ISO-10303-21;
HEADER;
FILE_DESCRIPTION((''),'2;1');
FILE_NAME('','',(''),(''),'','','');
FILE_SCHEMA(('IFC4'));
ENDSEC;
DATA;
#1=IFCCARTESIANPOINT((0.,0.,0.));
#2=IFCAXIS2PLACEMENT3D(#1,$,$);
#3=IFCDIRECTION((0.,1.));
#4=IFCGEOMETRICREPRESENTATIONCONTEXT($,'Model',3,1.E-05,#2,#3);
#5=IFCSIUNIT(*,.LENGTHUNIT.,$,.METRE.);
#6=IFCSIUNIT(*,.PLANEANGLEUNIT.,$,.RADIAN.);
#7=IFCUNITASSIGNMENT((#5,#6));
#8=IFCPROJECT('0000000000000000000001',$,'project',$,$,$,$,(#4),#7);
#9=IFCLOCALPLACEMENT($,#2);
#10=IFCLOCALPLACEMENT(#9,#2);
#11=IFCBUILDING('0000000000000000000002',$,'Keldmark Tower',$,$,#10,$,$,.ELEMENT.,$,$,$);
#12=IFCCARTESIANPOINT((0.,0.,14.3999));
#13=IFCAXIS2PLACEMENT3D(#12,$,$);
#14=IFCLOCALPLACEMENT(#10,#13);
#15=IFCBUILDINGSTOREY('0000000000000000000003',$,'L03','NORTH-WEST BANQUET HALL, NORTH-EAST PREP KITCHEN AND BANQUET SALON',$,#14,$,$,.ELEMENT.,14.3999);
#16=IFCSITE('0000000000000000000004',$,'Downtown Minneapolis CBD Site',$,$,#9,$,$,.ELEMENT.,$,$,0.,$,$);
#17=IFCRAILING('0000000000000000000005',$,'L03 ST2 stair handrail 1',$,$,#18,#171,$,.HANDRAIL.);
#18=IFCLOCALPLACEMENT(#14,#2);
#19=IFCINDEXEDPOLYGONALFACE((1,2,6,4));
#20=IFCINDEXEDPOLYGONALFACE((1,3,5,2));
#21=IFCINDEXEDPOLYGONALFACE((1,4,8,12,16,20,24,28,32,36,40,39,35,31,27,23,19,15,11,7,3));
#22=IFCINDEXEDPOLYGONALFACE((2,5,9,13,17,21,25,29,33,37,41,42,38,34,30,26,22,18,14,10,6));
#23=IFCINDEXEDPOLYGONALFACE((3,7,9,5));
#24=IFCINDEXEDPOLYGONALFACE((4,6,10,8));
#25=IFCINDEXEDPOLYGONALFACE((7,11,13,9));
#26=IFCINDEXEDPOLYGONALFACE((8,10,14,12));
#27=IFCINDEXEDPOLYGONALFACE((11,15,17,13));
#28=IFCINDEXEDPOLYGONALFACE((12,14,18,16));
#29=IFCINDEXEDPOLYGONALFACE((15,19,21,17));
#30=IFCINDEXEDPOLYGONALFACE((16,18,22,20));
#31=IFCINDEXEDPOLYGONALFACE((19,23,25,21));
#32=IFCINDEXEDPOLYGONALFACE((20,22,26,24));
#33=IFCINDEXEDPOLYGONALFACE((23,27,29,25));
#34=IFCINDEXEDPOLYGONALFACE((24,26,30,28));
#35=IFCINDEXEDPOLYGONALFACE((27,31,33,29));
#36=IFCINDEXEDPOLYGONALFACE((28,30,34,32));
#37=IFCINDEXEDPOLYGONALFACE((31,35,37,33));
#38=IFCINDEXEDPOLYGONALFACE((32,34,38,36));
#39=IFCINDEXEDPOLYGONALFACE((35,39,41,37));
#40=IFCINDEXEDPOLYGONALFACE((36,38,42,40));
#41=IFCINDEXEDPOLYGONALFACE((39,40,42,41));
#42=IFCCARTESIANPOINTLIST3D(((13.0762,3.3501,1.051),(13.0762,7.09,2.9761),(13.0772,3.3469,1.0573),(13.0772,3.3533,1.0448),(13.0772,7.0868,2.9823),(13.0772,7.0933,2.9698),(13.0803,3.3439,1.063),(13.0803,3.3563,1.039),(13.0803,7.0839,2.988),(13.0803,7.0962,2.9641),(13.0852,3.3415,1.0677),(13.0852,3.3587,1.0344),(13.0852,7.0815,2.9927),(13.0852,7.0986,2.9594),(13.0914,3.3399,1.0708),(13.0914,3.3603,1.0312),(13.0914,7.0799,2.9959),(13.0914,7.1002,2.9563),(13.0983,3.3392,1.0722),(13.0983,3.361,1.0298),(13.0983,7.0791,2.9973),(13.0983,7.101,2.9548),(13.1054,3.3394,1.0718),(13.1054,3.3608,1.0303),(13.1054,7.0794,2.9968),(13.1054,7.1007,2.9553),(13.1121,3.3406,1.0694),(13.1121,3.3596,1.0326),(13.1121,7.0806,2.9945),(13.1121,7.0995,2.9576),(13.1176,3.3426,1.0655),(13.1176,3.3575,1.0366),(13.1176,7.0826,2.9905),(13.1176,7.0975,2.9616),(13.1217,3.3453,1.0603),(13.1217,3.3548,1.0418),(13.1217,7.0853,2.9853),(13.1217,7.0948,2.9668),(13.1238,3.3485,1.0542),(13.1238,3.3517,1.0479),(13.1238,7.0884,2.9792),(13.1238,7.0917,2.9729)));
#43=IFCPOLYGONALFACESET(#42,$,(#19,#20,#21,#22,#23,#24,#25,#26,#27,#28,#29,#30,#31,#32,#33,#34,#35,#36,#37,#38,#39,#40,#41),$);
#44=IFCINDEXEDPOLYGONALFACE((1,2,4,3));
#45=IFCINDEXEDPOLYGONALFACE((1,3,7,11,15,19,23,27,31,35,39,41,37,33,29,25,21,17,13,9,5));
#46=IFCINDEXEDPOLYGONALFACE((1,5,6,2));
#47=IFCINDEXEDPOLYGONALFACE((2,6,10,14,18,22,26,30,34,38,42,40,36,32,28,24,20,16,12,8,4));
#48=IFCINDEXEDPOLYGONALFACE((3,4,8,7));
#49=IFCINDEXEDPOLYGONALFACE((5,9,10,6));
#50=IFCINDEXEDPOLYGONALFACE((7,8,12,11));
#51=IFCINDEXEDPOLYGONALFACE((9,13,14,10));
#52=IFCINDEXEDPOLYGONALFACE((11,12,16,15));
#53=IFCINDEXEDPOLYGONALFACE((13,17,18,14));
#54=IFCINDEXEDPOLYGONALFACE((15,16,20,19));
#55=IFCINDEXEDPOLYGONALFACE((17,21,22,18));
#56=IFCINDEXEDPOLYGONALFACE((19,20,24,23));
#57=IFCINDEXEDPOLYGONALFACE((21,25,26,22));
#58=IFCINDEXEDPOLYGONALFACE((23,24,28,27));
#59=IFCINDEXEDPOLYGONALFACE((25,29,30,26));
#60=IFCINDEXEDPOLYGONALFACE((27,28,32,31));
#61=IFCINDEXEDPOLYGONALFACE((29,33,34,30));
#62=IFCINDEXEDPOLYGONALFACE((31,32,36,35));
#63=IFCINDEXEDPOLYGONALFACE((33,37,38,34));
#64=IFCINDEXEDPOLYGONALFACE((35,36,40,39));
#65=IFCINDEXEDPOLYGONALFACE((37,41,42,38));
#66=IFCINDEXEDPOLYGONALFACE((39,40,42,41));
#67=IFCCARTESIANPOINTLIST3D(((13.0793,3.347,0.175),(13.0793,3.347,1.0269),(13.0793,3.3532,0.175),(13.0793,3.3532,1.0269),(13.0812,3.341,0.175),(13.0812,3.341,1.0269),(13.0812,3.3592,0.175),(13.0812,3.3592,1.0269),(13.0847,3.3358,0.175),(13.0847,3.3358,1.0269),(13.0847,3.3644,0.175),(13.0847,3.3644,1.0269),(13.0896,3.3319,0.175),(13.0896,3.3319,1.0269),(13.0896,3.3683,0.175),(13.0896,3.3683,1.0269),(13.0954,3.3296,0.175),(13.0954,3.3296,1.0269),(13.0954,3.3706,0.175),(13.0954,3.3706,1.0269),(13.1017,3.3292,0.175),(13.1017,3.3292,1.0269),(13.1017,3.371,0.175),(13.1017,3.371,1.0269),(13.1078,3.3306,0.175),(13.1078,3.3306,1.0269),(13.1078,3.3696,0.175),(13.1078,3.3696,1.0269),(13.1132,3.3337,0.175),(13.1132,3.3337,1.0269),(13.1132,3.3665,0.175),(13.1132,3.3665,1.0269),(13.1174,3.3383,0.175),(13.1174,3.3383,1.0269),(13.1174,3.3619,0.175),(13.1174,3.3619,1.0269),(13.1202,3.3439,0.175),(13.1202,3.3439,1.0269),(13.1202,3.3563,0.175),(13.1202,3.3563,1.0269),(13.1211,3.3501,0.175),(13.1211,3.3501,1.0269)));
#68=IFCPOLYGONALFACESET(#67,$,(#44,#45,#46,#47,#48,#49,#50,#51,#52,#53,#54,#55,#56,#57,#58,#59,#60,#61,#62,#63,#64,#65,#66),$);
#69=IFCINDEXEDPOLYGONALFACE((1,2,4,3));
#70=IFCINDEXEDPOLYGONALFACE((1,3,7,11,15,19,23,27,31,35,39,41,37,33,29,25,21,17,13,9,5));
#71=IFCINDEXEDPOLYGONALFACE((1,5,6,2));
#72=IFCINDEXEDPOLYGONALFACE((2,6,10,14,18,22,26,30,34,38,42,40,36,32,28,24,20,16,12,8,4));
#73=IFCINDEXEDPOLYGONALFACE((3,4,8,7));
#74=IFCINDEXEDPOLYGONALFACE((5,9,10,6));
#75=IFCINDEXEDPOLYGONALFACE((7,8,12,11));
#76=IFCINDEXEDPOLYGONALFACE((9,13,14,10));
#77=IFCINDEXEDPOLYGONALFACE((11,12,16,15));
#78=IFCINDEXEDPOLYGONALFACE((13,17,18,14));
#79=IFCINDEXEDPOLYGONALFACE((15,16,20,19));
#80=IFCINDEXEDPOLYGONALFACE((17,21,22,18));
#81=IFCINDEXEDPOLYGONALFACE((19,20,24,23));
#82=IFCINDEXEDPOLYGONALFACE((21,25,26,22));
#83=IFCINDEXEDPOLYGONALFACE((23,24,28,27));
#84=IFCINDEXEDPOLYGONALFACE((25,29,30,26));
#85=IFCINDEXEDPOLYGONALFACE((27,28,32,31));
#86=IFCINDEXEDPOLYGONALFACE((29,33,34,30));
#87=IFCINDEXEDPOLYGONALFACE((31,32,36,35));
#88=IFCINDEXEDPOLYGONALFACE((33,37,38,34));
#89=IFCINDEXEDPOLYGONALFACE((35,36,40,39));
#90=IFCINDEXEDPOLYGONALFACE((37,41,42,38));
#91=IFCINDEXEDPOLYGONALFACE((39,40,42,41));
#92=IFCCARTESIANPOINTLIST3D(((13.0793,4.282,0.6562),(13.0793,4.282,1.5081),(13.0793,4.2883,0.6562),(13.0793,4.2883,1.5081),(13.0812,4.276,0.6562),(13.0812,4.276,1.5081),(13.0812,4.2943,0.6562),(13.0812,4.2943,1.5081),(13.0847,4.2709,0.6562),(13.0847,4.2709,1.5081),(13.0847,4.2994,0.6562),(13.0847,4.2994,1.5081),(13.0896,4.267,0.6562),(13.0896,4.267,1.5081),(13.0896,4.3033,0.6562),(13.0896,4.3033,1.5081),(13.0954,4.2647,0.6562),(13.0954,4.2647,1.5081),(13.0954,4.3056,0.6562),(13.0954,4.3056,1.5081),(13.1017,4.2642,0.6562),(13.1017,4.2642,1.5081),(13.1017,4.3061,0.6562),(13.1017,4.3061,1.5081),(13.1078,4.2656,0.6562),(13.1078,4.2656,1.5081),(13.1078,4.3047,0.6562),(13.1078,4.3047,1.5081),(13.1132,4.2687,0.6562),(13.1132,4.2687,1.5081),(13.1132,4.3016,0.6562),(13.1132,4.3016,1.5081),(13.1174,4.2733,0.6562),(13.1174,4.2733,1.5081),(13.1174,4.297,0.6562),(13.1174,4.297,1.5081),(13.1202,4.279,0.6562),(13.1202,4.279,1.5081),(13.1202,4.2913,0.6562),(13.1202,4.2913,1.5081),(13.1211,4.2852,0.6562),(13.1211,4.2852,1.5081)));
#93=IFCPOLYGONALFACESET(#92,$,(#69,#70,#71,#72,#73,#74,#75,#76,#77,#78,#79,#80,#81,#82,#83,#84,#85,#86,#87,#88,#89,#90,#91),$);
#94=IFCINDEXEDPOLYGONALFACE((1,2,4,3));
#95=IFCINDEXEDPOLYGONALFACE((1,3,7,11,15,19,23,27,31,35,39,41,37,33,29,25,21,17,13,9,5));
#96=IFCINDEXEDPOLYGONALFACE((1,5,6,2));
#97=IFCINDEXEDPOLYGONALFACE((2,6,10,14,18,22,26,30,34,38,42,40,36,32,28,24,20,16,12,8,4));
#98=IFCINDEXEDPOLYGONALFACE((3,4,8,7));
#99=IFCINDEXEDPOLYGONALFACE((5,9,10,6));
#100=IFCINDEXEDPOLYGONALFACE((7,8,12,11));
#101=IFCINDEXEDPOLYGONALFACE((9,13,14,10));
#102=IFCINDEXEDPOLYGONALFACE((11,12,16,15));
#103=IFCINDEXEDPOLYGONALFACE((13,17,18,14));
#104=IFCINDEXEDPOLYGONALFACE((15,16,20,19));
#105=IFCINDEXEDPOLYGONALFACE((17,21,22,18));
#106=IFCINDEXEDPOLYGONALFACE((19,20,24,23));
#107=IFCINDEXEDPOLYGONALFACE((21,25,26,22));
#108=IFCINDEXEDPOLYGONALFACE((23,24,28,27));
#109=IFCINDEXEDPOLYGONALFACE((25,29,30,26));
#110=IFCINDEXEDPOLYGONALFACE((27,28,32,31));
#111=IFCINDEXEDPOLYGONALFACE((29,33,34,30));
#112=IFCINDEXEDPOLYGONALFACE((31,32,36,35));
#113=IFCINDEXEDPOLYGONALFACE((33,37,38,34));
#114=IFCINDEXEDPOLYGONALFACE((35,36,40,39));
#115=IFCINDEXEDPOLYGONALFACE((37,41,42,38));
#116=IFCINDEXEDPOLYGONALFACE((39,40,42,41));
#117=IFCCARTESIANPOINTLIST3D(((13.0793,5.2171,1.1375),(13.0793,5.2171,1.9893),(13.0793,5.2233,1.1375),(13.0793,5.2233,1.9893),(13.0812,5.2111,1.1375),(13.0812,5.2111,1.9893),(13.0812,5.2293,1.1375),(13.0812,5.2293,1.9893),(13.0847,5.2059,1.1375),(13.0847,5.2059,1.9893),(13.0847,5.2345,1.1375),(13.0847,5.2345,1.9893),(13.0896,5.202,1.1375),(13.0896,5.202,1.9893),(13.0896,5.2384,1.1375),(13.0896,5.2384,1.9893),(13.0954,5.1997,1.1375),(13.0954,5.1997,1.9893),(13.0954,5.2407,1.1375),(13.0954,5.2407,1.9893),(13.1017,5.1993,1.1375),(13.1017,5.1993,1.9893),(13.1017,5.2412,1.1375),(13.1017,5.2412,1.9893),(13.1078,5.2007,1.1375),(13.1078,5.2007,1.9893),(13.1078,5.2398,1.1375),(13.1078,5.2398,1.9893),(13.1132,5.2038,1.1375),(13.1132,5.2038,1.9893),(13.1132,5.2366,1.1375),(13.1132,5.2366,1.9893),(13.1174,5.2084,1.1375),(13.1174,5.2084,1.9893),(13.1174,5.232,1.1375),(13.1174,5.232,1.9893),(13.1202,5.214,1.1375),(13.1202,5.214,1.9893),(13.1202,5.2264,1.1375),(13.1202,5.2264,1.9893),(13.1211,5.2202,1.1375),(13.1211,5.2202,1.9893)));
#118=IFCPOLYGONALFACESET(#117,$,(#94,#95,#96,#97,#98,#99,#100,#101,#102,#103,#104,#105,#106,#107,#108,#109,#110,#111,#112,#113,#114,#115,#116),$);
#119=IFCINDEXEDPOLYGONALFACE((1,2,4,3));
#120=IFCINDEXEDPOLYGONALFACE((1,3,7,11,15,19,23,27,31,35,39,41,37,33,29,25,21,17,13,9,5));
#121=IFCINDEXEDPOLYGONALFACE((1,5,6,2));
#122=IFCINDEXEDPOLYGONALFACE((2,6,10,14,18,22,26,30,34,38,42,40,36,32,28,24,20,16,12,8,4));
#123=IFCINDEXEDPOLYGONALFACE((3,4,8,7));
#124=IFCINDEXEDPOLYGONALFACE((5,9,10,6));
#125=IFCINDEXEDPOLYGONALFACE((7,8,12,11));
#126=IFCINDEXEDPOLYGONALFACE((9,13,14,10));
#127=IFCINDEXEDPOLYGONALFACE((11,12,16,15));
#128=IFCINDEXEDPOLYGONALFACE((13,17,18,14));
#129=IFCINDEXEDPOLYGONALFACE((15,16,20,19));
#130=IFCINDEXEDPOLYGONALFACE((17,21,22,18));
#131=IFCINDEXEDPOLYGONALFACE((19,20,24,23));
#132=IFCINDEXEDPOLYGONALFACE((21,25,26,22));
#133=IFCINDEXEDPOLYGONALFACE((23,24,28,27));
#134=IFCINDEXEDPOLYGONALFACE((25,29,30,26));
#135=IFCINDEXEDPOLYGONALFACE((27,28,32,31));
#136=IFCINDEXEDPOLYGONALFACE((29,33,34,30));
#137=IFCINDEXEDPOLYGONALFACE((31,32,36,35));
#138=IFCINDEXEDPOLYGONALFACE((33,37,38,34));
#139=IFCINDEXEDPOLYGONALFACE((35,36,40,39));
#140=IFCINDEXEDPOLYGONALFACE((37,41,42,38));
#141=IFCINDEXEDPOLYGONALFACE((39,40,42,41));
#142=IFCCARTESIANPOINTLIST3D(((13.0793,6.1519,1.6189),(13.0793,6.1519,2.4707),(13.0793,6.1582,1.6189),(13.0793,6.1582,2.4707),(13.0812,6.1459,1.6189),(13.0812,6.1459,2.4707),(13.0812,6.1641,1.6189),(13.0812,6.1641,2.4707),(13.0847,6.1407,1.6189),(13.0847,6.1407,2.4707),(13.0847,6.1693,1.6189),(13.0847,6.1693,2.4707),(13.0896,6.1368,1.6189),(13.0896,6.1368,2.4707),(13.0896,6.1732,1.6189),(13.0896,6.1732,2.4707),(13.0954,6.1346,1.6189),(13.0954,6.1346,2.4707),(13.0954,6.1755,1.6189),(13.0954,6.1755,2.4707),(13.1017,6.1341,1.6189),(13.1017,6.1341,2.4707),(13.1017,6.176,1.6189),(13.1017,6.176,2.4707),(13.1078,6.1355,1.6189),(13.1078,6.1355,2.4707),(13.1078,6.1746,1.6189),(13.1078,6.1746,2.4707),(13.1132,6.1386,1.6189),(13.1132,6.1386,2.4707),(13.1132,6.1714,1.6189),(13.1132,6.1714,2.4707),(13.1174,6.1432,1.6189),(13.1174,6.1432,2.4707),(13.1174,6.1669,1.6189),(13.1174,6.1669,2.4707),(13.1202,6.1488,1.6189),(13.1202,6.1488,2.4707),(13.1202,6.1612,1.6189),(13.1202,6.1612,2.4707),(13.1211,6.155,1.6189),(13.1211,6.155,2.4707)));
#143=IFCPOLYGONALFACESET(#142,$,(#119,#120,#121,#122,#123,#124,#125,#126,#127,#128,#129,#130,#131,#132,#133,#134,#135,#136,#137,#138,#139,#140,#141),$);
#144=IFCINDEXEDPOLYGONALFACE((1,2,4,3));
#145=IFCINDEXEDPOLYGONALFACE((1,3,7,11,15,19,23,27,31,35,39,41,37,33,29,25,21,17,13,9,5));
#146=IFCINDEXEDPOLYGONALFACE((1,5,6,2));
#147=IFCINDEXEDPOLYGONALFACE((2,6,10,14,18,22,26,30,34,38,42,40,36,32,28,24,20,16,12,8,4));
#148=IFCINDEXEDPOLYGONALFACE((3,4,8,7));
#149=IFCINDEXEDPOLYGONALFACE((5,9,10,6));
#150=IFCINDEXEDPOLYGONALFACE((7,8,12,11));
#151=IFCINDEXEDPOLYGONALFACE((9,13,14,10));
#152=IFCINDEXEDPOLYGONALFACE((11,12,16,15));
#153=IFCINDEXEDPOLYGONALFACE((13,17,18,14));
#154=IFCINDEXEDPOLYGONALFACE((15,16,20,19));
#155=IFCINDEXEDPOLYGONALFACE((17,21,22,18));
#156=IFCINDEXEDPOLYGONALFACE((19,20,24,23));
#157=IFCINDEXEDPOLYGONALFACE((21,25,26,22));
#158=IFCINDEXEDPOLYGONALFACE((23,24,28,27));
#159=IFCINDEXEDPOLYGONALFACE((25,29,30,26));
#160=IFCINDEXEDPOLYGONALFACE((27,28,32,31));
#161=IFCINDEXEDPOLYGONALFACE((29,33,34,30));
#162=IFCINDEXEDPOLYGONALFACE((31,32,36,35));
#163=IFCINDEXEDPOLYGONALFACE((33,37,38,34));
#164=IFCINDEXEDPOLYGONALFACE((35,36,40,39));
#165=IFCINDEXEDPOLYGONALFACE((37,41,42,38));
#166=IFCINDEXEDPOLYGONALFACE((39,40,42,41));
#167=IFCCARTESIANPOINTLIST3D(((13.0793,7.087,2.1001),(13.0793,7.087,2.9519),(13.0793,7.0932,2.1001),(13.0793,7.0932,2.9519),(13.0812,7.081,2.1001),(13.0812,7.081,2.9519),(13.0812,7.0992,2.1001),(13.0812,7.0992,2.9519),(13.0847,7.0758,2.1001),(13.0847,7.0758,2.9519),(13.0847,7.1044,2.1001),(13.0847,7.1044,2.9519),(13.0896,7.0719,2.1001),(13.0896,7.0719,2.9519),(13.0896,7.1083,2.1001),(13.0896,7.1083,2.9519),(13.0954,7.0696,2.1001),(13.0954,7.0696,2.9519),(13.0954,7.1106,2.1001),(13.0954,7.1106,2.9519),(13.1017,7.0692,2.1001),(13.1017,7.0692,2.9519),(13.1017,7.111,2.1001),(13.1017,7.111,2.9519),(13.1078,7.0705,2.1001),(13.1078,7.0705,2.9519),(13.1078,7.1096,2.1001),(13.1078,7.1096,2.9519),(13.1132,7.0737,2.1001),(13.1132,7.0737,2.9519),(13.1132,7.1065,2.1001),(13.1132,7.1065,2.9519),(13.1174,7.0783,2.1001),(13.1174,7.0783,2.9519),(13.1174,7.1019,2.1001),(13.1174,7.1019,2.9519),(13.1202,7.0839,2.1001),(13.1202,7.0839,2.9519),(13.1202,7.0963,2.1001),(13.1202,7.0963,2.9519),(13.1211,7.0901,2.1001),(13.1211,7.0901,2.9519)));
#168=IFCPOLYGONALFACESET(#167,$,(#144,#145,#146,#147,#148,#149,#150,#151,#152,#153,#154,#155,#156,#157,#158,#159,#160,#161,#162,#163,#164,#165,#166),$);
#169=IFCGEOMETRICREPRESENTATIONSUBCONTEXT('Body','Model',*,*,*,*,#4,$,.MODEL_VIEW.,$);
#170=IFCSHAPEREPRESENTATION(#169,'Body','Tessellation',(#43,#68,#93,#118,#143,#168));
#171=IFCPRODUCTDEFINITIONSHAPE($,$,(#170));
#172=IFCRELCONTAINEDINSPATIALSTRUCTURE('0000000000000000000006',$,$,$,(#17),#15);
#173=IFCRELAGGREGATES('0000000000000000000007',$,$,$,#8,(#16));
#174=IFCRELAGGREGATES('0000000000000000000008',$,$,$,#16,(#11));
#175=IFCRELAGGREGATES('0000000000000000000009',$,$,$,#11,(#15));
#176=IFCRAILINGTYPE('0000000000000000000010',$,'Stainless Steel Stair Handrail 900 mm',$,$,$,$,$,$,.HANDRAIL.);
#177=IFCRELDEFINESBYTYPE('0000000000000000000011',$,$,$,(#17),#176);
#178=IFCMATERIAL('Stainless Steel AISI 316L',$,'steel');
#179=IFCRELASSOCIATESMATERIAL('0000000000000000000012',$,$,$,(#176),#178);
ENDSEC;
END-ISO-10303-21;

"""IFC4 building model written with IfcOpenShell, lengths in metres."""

from ifc_helpers import new_model, si_unit, direction, frame, origin, origin_2d, place, context, subcontext, project, spatial, circle, extrude, material, type_object, element, save


model = new_model("IFC4")

# Units and contexts
model_context = context("Model", 3, precision=1e-05, world=origin(), true_north=direction((0.0, 1.0)))
body_context = subcontext(model_context, "Body", "Model", "MODEL_VIEW")
ifc_project = project(units=[si_unit("LENGTHUNIT", "METRE"), si_unit("PLANEANGLEUNIT", "RADIAN")], contexts=[model_context])

# Site, building, storey
site_placement = place(None, origin())
site = spatial("IfcSite", under=ifc_project, at=site_placement, Name="Downtown Minneapolis CBD Site", CompositionType="ELEMENT", RefElevation=0.0)
building_placement = place(site_placement, origin())
building = spatial("IfcBuilding", under=site, at=building_placement, Name="Keldmark Tower", CompositionType="ELEMENT")
storey_placement = place(building_placement, frame((0.0, 0.0, 14.3999)))
storey = spatial("IfcBuildingStorey", under=building, at=storey_placement, Name="L03", Description="NORTH-WEST BANQUET HALL, NORTH-EAST PREP KITCHEN AND BANQUET SALON", CompositionType="ELEMENT", Elevation=14.3999)

# Railing
ifc_material_1 = material(Name="Stainless Steel AISI 316L", Category="steel")
railing_type_1 = type_object("IfcRailingType", Name="Stainless Steel Stair Handrail 900 mm", PredefinedType="HANDRAIL", material=ifc_material_1)
railing_1_placement = place(storey_placement, frame((13.1001, 3.3501, 0.175)))
element("IfcRailing", 1, at=railing_1_placement, inside=storey, type_object=railing_type_1, Name="L03 ST2 stair handrail 1", PredefinedType="HANDRAIL", context=body_context, shape_type="SweptSolid", body=[
    extrude(circle(Radius=0.0239, at=origin_2d()), frame((0.0, 0.0, 0.876), z_axis=(0.0, 0.889131, 0.457654), x_axis=(-1.0, 0.0, 0.0)), (0.0, 0.0, 1.0), 4.2063),
    extrude(circle(Radius=0.021, at=origin_2d()), origin(), (0.0, 0.0, 1.0), 0.8518),
    extrude(circle(Radius=0.021, at=origin_2d()), frame((0.0, 0.9351, 0.4812)), (0.0, 0.0, 1.0), 0.8518),
    extrude(circle(Radius=0.021, at=origin_2d()), frame((0.0, 1.8701, 0.9624)), (0.0, 0.0, 1.0), 0.8518),
    extrude(circle(Radius=0.021, at=origin_2d()), frame((0.0, 2.8049, 1.4438)), (0.0, 0.0, 1.0), 0.8518),
    extrude(circle(Radius=0.021, at=origin_2d()), frame((0.0, 3.74, 1.925)), (0.0, 0.0, 1.0), 0.8518),
])

save(model, "model.ifc")
